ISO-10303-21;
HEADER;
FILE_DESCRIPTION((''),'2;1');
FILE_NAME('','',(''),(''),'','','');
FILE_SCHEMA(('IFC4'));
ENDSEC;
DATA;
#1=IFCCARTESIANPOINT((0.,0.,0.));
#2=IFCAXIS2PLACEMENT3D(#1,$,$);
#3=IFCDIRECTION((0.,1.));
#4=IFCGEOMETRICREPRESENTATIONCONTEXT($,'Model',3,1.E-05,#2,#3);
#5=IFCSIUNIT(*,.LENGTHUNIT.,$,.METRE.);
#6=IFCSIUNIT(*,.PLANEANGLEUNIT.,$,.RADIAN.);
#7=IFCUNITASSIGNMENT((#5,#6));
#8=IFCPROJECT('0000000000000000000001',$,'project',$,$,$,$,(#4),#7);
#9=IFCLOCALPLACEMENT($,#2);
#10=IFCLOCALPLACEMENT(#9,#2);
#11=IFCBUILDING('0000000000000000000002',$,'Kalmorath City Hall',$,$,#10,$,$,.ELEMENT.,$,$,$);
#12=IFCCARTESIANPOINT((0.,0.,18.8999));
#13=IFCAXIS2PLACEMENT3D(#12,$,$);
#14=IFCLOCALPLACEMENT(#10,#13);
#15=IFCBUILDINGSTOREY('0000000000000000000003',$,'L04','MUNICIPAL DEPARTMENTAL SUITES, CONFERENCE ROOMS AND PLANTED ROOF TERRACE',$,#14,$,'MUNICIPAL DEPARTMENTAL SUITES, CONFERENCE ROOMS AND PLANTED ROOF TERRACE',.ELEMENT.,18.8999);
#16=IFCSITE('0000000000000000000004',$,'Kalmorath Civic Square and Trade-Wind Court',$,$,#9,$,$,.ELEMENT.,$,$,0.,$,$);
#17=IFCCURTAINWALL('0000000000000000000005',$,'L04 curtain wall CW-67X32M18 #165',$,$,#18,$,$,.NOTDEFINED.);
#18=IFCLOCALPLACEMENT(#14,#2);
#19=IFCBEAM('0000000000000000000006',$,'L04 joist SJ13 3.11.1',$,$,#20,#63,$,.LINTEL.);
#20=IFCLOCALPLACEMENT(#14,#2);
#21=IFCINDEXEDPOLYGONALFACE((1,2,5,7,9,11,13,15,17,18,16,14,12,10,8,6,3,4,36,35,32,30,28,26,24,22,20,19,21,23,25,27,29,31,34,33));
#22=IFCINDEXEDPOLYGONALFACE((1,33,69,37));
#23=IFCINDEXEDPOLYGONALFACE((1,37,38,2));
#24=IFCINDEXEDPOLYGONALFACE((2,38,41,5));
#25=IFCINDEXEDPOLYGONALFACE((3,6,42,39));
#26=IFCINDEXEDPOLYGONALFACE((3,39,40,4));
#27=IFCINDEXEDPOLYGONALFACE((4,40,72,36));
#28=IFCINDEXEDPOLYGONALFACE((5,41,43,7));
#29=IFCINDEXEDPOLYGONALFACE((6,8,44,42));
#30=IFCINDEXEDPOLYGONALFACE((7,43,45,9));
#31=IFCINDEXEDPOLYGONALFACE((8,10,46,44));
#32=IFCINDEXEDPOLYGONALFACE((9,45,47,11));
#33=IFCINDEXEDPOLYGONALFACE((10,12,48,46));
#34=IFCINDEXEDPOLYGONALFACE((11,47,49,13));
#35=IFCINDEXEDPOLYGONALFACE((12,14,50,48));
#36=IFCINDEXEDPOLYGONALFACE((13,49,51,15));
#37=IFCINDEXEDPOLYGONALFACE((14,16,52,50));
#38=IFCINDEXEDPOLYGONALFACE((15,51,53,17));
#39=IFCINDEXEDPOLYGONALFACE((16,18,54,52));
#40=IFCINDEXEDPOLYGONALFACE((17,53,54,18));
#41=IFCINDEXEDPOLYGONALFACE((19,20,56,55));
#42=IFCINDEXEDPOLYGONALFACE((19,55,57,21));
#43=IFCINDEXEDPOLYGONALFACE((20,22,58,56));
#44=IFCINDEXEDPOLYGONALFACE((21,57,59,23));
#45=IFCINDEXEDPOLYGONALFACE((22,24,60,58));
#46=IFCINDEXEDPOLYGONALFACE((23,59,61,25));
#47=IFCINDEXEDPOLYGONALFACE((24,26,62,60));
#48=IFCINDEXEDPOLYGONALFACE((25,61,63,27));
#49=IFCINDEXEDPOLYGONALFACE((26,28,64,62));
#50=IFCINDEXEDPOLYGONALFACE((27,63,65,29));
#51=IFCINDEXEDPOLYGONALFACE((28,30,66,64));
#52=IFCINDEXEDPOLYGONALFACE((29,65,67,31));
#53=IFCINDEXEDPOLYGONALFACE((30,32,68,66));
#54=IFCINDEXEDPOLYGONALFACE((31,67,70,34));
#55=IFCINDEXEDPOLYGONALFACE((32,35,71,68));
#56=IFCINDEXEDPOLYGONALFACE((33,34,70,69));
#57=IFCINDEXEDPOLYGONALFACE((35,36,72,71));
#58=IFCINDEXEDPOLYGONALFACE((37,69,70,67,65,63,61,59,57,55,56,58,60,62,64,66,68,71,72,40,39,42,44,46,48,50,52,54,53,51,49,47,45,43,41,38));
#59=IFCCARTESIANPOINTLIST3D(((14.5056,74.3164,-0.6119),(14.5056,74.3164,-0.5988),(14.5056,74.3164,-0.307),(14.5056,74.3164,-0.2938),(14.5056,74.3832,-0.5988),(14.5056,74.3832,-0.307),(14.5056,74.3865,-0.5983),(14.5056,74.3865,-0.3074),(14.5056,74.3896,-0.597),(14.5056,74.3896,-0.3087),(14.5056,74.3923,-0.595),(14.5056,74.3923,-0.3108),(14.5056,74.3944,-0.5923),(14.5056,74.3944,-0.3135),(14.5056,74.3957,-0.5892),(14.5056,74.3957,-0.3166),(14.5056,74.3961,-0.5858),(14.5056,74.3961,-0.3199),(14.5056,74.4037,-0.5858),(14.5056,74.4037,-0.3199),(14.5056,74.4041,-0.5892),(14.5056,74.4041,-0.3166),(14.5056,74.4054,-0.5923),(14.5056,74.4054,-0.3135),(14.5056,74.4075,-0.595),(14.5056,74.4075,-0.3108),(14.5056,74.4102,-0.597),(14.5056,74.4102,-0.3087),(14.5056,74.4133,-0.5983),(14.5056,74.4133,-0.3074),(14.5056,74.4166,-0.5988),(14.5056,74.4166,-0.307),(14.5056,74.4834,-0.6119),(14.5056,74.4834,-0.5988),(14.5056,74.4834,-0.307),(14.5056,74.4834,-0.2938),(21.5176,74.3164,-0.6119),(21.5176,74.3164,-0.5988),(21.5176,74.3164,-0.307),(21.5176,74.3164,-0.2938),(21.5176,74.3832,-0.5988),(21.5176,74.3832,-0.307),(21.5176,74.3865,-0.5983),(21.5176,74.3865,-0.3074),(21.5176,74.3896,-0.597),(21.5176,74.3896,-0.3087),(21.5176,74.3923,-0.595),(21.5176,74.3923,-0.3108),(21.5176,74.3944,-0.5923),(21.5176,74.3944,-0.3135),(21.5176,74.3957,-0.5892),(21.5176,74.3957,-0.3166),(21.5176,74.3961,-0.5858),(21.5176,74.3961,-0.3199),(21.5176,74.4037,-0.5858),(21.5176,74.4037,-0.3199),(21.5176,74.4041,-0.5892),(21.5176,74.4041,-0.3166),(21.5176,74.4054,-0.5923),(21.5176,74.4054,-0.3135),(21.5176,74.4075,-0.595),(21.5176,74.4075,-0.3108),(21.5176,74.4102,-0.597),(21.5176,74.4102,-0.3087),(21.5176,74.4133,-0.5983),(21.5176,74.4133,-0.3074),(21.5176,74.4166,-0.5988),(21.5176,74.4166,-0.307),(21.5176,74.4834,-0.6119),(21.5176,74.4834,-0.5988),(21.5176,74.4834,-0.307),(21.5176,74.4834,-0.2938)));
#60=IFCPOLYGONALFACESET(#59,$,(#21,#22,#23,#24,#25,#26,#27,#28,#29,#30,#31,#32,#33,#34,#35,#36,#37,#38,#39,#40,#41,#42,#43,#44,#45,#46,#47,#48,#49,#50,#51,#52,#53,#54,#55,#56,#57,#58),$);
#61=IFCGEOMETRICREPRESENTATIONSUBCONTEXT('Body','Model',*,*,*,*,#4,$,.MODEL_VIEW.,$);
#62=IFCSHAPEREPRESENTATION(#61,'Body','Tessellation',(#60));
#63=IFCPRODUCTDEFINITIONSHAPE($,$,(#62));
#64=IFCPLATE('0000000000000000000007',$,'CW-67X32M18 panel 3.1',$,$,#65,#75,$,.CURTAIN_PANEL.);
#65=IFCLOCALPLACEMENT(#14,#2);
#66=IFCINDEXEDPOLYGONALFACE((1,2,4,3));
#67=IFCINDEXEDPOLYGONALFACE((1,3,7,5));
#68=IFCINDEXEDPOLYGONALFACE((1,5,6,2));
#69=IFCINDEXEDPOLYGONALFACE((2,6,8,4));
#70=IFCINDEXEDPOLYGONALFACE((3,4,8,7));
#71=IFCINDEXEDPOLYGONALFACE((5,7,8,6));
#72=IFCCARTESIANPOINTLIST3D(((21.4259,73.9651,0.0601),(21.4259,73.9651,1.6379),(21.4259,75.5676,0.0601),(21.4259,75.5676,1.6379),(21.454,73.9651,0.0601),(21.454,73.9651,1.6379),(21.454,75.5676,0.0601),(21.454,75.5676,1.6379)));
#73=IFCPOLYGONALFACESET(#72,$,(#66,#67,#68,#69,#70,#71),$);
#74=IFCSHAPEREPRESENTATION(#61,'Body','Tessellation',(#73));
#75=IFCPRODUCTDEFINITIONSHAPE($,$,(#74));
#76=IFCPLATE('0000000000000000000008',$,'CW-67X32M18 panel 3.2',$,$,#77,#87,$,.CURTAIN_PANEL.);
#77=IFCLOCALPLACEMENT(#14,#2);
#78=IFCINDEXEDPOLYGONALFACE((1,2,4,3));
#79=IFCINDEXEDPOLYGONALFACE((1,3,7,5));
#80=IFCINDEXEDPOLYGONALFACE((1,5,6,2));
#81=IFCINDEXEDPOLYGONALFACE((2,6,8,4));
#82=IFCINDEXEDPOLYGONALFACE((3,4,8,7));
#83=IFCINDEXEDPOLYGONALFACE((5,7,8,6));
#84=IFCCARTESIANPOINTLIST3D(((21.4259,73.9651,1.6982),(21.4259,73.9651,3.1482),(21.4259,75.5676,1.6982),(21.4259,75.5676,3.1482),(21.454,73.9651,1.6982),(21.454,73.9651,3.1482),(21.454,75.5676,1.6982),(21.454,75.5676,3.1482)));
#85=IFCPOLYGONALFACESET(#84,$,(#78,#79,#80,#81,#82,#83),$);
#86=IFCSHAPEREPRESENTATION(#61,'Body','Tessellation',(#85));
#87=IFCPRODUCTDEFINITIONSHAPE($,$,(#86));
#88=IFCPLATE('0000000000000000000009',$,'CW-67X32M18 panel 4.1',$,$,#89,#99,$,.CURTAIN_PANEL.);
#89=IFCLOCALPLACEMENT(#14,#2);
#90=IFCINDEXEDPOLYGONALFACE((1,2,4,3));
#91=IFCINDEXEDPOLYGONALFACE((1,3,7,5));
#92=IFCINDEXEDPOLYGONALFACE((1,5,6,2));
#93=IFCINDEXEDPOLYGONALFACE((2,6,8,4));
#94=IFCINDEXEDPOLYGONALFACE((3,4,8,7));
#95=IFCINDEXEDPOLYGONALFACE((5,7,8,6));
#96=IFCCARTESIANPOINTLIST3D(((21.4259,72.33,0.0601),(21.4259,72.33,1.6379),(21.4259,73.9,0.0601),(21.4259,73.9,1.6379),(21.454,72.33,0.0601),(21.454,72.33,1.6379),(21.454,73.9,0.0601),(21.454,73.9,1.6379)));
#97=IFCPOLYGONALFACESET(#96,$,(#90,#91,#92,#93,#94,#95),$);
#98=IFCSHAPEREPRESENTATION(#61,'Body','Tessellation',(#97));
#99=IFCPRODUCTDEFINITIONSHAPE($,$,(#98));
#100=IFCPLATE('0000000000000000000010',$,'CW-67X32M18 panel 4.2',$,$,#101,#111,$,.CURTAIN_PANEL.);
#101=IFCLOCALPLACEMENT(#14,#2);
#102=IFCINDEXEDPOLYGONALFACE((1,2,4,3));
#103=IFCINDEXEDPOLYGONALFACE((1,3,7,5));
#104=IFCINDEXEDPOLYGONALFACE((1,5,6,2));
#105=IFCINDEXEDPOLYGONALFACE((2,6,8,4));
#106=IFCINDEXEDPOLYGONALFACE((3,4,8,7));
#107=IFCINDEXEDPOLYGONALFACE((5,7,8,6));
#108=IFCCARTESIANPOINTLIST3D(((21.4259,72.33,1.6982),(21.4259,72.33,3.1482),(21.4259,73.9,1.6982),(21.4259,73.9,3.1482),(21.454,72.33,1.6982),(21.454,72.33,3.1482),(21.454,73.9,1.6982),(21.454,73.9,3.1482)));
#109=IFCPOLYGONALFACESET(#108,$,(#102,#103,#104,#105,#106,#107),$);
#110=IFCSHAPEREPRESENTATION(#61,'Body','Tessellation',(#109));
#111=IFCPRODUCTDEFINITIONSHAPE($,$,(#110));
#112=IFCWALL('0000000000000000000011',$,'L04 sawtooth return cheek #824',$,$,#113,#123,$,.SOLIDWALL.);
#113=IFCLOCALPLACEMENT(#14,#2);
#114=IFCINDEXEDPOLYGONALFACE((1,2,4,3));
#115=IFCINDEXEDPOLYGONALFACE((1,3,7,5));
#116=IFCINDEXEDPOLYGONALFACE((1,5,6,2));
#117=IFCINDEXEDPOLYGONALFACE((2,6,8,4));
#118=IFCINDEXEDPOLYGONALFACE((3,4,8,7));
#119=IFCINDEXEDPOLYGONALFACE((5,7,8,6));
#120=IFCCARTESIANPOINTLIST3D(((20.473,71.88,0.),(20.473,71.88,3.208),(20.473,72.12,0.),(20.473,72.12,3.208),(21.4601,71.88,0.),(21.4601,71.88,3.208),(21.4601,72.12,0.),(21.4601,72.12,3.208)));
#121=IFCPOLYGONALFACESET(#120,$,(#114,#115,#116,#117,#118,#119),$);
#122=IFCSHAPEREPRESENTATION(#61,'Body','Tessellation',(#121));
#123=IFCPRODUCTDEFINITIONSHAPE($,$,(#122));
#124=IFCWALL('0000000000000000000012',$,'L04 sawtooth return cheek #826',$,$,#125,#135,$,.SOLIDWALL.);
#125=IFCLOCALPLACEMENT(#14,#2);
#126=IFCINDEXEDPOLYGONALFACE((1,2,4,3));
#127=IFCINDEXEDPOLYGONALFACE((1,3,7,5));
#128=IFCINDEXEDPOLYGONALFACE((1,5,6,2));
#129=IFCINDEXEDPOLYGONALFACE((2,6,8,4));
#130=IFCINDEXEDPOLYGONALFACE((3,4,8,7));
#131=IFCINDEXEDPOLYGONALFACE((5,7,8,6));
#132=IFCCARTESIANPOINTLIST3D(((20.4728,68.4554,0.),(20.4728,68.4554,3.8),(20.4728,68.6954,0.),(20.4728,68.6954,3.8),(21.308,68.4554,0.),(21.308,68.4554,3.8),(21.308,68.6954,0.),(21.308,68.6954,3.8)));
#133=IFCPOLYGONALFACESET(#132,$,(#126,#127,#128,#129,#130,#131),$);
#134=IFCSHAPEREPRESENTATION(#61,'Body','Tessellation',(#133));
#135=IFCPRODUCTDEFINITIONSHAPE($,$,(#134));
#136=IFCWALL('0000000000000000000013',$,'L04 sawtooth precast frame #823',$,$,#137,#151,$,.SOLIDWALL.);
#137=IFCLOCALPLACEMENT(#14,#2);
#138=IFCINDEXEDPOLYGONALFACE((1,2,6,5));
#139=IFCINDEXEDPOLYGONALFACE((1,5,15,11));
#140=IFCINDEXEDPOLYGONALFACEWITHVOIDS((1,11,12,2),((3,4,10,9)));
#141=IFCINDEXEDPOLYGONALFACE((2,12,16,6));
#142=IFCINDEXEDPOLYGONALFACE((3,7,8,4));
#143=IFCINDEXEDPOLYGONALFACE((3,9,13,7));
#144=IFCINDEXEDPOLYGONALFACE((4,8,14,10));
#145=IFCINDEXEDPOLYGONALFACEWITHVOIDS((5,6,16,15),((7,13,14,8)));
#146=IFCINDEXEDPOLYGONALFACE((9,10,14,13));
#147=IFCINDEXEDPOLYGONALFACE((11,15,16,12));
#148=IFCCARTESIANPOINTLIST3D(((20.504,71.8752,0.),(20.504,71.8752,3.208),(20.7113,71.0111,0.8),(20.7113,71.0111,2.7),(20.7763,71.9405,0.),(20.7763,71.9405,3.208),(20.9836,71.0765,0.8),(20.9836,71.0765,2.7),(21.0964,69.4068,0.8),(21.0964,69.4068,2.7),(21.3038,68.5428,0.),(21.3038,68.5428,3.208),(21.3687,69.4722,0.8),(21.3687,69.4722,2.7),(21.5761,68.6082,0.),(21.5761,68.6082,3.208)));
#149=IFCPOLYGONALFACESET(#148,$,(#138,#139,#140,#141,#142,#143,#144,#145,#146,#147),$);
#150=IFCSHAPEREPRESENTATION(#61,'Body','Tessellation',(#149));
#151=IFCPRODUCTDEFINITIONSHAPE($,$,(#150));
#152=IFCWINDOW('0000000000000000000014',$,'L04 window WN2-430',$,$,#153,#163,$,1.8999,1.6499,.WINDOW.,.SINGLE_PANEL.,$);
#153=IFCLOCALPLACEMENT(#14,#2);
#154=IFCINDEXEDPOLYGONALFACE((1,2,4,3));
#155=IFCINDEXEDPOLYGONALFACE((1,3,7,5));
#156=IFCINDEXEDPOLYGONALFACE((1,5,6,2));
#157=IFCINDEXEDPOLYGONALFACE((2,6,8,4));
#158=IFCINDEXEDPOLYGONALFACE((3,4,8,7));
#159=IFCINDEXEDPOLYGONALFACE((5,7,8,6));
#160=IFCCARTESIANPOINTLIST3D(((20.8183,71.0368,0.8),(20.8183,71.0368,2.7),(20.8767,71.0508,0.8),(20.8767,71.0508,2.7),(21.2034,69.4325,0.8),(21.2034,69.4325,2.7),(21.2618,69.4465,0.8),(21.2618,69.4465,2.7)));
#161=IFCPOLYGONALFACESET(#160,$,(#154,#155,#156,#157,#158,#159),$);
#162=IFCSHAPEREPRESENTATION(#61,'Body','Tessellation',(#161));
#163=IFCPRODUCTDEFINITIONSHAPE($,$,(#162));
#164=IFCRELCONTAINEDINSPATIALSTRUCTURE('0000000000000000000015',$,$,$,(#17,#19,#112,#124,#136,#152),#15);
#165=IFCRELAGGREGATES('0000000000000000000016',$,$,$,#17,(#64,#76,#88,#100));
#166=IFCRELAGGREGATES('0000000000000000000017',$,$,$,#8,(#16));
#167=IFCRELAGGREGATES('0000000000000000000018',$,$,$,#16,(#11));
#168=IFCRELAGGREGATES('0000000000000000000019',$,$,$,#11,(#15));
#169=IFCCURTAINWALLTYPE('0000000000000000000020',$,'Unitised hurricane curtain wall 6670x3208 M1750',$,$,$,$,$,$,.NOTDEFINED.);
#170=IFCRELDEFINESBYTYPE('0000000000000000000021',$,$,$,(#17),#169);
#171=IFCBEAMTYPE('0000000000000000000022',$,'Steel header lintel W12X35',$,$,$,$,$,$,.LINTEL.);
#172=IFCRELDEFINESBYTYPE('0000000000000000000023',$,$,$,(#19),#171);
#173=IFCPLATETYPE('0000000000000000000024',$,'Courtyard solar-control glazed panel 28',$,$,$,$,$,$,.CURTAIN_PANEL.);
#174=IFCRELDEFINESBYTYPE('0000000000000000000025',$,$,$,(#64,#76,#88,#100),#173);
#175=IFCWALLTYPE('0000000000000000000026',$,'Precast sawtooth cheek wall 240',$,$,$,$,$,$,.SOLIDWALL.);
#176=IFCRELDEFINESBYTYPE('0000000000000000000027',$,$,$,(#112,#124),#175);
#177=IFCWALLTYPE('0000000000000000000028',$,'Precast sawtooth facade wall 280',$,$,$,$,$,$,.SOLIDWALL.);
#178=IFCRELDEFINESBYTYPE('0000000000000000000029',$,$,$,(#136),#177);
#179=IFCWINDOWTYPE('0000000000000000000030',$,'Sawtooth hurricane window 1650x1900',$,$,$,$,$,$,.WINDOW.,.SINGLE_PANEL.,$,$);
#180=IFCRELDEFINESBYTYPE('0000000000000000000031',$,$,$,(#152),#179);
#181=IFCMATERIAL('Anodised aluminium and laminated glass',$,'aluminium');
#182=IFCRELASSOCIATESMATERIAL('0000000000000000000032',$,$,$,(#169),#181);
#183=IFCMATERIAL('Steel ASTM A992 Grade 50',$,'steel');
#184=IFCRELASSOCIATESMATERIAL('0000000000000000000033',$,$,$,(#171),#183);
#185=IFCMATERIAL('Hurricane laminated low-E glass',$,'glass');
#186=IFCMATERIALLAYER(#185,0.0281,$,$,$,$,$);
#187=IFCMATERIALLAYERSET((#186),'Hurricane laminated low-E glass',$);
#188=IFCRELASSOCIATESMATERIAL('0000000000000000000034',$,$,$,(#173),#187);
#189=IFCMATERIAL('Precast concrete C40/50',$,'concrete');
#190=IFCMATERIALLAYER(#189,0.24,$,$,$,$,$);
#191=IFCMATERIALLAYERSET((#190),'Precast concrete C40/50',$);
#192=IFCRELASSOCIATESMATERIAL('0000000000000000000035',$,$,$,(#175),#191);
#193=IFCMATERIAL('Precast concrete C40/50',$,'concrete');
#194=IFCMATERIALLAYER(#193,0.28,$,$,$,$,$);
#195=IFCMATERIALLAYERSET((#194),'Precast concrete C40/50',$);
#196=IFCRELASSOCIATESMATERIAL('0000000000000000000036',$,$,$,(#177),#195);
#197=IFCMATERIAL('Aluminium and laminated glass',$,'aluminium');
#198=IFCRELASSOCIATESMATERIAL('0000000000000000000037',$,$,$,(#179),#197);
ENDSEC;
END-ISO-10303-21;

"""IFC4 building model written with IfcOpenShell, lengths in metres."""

from ifc_helpers import new_model, si_unit, direction, frame, frame_2d, origin, origin_2d, place, context, subcontext, project, spatial, rectangle, i_section, extrude, material, layer, layer_set, material_profile, profile_set, type_object, element, fill, aggregate, save


model = new_model("IFC4")

# Units and contexts
model_context = context("Model", 3, precision=1e-05, world=origin(), true_north=direction((0.0, 1.0)))
body_context = subcontext(model_context, "Body", "Model", "MODEL_VIEW")
ifc_project = project(units=[si_unit("LENGTHUNIT", "METRE"), si_unit("PLANEANGLEUNIT", "RADIAN")], contexts=[model_context])

# Site, building, storey
site_placement = place(None, origin())
site = spatial("IfcSite", under=ifc_project, at=site_placement, Name="Kalmorath Civic Square and Trade-Wind Court", CompositionType="ELEMENT", RefElevation=0.0)
building_placement = place(site_placement, origin())
building = spatial("IfcBuilding", under=site, at=building_placement, Name="Kalmorath City Hall", CompositionType="ELEMENT")
storey_placement = place(building_placement, frame((0.0, 0.0, 18.8999)))
storey = spatial("IfcBuildingStorey", under=building, at=storey_placement, Name="L04", Description="MUNICIPAL DEPARTMENTAL SUITES, CONFERENCE ROOMS AND PLANTED ROOF TERRACE", LongName="MUNICIPAL DEPARTMENTAL SUITES, CONFERENCE ROOMS AND PLANTED ROOF TERRACE", CompositionType="ELEMENT", Elevation=18.8999)

# Curtain wall
ifc_material_1 = material(Name="Anodised aluminium and laminated glass", Category="aluminium")
curtain_wall_type_1 = type_object("IfcCurtainWallType", Name="Unitised hurricane curtain wall 6670x3208 M1750", PredefinedType="NOTDEFINED", material=ifc_material_1)
curtain_wall_1_placement = place(storey_placement, origin())
curtain_wall_1 = element("IfcCurtainWall", 1, at=curtain_wall_1_placement, inside=storey, type_object=curtain_wall_type_1, Name="L04 curtain wall CW-67X32M18 #165", PredefinedType="NOTDEFINED")

# Beam
ifc_material_2 = material(Name="Steel ASTM A992 Grade 50", Category="steel")
ifc_material_profile_1 = material_profile(ifc_material_2, i_section(OverallWidth=0.167, OverallDepth=0.3181, WebThickness=0.0076, FlangeThickness=0.0132, FilletRadius=0.0129, at=origin_2d()), Name="W12X35")
ifc_profile_set_1 = profile_set([ifc_material_profile_1], Name="Steel ASTM A992 Grade 50")
beam_type_1 = type_object("IfcBeamType", Name="Steel header lintel W12X35", PredefinedType="LINTEL", material=ifc_profile_set_1)
beam_1_placement = place(storey_placement, frame((14.5056, 74.3999, -0.4529), z_axis=(1.0, 0.0, 0.0), x_axis=(0.0, 1.0, 0.0)))
element("IfcBeam", 2, at=beam_1_placement, inside=storey, type_object=beam_type_1, Name="L04 joist SJ13 3.11.1", PredefinedType="LINTEL", context=body_context, shape_type="SweptSolid", body=[
    extrude(i_section(OverallWidth=0.167, OverallDepth=0.3181, WebThickness=0.0076, FlangeThickness=0.0132, FilletRadius=0.0129, at=origin_2d()), origin(), (0.0, 0.0, 1.0), 7.012),
])

# Plates
ifc_material_3 = material(Name="Hurricane laminated low-E glass", Category="glass")
ifc_layer_1 = layer(ifc_material_3, 0.0281)
ifc_layer_set_1 = layer_set([ifc_layer_1], Name="Hurricane laminated low-E glass")
plate_type = type_object("IfcPlateType", Name="Courtyard solar-control glazed panel 28", PredefinedType="CURTAIN_PANEL", material=ifc_layer_set_1)
plate_1_placement = place(storey_placement, frame((21.4399, 74.7664, 0.0601), z_axis=(0.0, 0.0, 1.0), x_axis=(0.0, -1.0, 0.0)))
plate_1 = element("IfcPlate", 3, at=plate_1_placement, type_object=plate_type, Name="CW-67X32M18 panel 3.1", PredefinedType="CURTAIN_PANEL", context=body_context, shape_type="SweptSolid", body=[
    extrude(rectangle(XDim=1.6025, YDim=0.0281, at=origin_2d()), origin(), (0.0, 0.0, 1.0), 1.5779),
])
plate_2_placement = place(storey_placement, frame((21.4399, 74.7664, 1.6982), z_axis=(0.0, 0.0, 1.0), x_axis=(0.0, -1.0, 0.0)))
plate_2 = element("IfcPlate", 4, at=plate_2_placement, type_object=plate_type, Name="CW-67X32M18 panel 3.2", PredefinedType="CURTAIN_PANEL", context=body_context, shape_type="SweptSolid", body=[
    extrude(rectangle(XDim=1.6025, YDim=0.0281, at=origin_2d()), origin(), (0.0, 0.0, 1.0), 1.45),
])
plate_3_placement = place(storey_placement, frame((21.4399, 73.115, 0.0601), z_axis=(0.0, 0.0, 1.0), x_axis=(0.0, -1.0, 0.0)))
plate_3 = element("IfcPlate", 5, at=plate_3_placement, type_object=plate_type, Name="CW-67X32M18 panel 4.1", PredefinedType="CURTAIN_PANEL", context=body_context, shape_type="SweptSolid", body=[
    extrude(rectangle(XDim=1.5701, YDim=0.0281, at=origin_2d()), origin(), (0.0, 0.0, 1.0), 1.5779),
])
plate_4_placement = place(storey_placement, frame((21.4399, 73.115, 1.6982), z_axis=(0.0, 0.0, 1.0), x_axis=(0.0, -1.0, 0.0)))
plate_4 = element("IfcPlate", 6, at=plate_4_placement, type_object=plate_type, Name="CW-67X32M18 panel 4.2", PredefinedType="CURTAIN_PANEL", context=body_context, shape_type="SweptSolid", body=[
    extrude(rectangle(XDim=1.5701, YDim=0.0281, at=origin_2d()), origin(), (0.0, 0.0, 1.0), 1.45),
])
aggregate(curtain_wall_1, [plate_1, plate_2, plate_3, plate_4])

# Walls
ifc_material_4 = material(Name="Precast concrete C40/50", Category="concrete")
ifc_layer_2 = layer(ifc_material_4, 0.24)
ifc_layer_set_2 = layer_set([ifc_layer_2], Name="Precast concrete C40/50")
wall_type_1 = type_object("IfcWallType", Name="Precast sawtooth cheek wall 240", PredefinedType="SOLIDWALL", material=ifc_layer_set_2)
wall_1_placement = place(storey_placement, frame((20.4729, 72.0, 0.0), z_axis=(0.0, 0.0, 1.0), x_axis=(1.0, 0.0, 0.0)))
element("IfcWall", 7, at=wall_1_placement, inside=storey, type_object=wall_type_1, Name="L04 sawtooth return cheek #824", PredefinedType="SOLIDWALL", context=body_context, shape_type="SweptSolid", body=[
    extrude(rectangle(XDim=0.9871, YDim=0.24, at=frame_2d((0.4937, 0.0))), origin(), (0.0, 0.0, 1.0), 3.208),
])
wall_2_placement = place(storey_placement, frame((20.4729, 68.5754, 0.0), z_axis=(0.0, 0.0, 1.0), x_axis=(1.0, 0.0, 0.0)))
element("IfcWall", 8, at=wall_2_placement, inside=storey, type_object=wall_type_1, Name="L04 sawtooth return cheek #826", PredefinedType="SOLIDWALL", context=body_context, shape_type="SweptSolid", body=[
    extrude(rectangle(XDim=0.8352, YDim=0.24, at=frame_2d((0.4175, 0.0))), origin(), (0.0, 0.0, 1.0), 3.8),
])

# Wall, opening, window
ifc_material_5 = material(Name="Precast concrete C40/50", Category="concrete")
ifc_layer_3 = layer(ifc_material_5, 0.28)
ifc_layer_set_3 = layer_set([ifc_layer_3], Name="Precast concrete C40/50")
wall_type_2 = type_object("IfcWallType", Name="Precast sawtooth facade wall 280", PredefinedType="SOLIDWALL", material=ifc_layer_set_3)
wall_3_placement = place(storey_placement, frame((20.6401, 71.9077, 0.0), z_axis=(0.0, 0.0, 1.0), x_axis=(0.233389, -0.972383, 0.0)))
wall_3 = element("IfcWall", 9, at=wall_3_placement, inside=storey, type_object=wall_type_2, Name="L04 sawtooth precast frame #823", PredefinedType="SOLIDWALL", context=body_context, shape_type="SweptSolid", body=[
    extrude(rectangle(XDim=3.427, YDim=0.28, at=frame_2d((1.7134, 0.0))), origin(), (0.0, 0.0, 1.0), 3.208),
])
opening_1_placement = place(wall_3_placement, frame((0.8884, 0.0, 0.8)))
opening_1 = element("IfcOpeningElement", 10, at=opening_1_placement, cuts=wall_3, PredefinedType="OPENING", context=body_context, shape_type="SweptSolid", body=[
    extrude(rectangle(XDim=1.6499, YDim=1.8999, at=frame_2d((0.825, 0.95))), frame((0.0, 0.1499, 0.0), z_axis=(0.0, -1.0, 0.0), x_axis=(1.0, 0.0, 0.0)), (0.0, 0.0, 1.0), 0.3),
])
ifc_material_6 = material(Name="Aluminium and laminated glass", Category="aluminium")
window_type = type_object("IfcWindowType", Name="Sawtooth hurricane window 1650x1900", PartitioningType="SINGLE_PANEL", PredefinedType="WINDOW", material=ifc_material_6)
window_1_placement = place(opening_1_placement, origin())
window_1 = element("IfcWindow", 11, at=window_1_placement, inside=storey, type_object=window_type, Name="L04 window WN2-430", OverallHeight=1.8999, OverallWidth=1.6499, PartitioningType="SINGLE_PANEL", PredefinedType="WINDOW", context=body_context, shape_type="SweptSolid", body=[
    extrude(rectangle(XDim=1.6499, YDim=1.8999, at=frame_2d((0.825, 0.95))), frame((0.0, 0.03, 0.0), z_axis=(0.0, -1.0, 0.0), x_axis=(1.0, 0.0, 0.0)), (0.0, 0.0, 1.0), 0.0601),
])
fill(opening_1, window_1)

save(model, "model.ifc")
